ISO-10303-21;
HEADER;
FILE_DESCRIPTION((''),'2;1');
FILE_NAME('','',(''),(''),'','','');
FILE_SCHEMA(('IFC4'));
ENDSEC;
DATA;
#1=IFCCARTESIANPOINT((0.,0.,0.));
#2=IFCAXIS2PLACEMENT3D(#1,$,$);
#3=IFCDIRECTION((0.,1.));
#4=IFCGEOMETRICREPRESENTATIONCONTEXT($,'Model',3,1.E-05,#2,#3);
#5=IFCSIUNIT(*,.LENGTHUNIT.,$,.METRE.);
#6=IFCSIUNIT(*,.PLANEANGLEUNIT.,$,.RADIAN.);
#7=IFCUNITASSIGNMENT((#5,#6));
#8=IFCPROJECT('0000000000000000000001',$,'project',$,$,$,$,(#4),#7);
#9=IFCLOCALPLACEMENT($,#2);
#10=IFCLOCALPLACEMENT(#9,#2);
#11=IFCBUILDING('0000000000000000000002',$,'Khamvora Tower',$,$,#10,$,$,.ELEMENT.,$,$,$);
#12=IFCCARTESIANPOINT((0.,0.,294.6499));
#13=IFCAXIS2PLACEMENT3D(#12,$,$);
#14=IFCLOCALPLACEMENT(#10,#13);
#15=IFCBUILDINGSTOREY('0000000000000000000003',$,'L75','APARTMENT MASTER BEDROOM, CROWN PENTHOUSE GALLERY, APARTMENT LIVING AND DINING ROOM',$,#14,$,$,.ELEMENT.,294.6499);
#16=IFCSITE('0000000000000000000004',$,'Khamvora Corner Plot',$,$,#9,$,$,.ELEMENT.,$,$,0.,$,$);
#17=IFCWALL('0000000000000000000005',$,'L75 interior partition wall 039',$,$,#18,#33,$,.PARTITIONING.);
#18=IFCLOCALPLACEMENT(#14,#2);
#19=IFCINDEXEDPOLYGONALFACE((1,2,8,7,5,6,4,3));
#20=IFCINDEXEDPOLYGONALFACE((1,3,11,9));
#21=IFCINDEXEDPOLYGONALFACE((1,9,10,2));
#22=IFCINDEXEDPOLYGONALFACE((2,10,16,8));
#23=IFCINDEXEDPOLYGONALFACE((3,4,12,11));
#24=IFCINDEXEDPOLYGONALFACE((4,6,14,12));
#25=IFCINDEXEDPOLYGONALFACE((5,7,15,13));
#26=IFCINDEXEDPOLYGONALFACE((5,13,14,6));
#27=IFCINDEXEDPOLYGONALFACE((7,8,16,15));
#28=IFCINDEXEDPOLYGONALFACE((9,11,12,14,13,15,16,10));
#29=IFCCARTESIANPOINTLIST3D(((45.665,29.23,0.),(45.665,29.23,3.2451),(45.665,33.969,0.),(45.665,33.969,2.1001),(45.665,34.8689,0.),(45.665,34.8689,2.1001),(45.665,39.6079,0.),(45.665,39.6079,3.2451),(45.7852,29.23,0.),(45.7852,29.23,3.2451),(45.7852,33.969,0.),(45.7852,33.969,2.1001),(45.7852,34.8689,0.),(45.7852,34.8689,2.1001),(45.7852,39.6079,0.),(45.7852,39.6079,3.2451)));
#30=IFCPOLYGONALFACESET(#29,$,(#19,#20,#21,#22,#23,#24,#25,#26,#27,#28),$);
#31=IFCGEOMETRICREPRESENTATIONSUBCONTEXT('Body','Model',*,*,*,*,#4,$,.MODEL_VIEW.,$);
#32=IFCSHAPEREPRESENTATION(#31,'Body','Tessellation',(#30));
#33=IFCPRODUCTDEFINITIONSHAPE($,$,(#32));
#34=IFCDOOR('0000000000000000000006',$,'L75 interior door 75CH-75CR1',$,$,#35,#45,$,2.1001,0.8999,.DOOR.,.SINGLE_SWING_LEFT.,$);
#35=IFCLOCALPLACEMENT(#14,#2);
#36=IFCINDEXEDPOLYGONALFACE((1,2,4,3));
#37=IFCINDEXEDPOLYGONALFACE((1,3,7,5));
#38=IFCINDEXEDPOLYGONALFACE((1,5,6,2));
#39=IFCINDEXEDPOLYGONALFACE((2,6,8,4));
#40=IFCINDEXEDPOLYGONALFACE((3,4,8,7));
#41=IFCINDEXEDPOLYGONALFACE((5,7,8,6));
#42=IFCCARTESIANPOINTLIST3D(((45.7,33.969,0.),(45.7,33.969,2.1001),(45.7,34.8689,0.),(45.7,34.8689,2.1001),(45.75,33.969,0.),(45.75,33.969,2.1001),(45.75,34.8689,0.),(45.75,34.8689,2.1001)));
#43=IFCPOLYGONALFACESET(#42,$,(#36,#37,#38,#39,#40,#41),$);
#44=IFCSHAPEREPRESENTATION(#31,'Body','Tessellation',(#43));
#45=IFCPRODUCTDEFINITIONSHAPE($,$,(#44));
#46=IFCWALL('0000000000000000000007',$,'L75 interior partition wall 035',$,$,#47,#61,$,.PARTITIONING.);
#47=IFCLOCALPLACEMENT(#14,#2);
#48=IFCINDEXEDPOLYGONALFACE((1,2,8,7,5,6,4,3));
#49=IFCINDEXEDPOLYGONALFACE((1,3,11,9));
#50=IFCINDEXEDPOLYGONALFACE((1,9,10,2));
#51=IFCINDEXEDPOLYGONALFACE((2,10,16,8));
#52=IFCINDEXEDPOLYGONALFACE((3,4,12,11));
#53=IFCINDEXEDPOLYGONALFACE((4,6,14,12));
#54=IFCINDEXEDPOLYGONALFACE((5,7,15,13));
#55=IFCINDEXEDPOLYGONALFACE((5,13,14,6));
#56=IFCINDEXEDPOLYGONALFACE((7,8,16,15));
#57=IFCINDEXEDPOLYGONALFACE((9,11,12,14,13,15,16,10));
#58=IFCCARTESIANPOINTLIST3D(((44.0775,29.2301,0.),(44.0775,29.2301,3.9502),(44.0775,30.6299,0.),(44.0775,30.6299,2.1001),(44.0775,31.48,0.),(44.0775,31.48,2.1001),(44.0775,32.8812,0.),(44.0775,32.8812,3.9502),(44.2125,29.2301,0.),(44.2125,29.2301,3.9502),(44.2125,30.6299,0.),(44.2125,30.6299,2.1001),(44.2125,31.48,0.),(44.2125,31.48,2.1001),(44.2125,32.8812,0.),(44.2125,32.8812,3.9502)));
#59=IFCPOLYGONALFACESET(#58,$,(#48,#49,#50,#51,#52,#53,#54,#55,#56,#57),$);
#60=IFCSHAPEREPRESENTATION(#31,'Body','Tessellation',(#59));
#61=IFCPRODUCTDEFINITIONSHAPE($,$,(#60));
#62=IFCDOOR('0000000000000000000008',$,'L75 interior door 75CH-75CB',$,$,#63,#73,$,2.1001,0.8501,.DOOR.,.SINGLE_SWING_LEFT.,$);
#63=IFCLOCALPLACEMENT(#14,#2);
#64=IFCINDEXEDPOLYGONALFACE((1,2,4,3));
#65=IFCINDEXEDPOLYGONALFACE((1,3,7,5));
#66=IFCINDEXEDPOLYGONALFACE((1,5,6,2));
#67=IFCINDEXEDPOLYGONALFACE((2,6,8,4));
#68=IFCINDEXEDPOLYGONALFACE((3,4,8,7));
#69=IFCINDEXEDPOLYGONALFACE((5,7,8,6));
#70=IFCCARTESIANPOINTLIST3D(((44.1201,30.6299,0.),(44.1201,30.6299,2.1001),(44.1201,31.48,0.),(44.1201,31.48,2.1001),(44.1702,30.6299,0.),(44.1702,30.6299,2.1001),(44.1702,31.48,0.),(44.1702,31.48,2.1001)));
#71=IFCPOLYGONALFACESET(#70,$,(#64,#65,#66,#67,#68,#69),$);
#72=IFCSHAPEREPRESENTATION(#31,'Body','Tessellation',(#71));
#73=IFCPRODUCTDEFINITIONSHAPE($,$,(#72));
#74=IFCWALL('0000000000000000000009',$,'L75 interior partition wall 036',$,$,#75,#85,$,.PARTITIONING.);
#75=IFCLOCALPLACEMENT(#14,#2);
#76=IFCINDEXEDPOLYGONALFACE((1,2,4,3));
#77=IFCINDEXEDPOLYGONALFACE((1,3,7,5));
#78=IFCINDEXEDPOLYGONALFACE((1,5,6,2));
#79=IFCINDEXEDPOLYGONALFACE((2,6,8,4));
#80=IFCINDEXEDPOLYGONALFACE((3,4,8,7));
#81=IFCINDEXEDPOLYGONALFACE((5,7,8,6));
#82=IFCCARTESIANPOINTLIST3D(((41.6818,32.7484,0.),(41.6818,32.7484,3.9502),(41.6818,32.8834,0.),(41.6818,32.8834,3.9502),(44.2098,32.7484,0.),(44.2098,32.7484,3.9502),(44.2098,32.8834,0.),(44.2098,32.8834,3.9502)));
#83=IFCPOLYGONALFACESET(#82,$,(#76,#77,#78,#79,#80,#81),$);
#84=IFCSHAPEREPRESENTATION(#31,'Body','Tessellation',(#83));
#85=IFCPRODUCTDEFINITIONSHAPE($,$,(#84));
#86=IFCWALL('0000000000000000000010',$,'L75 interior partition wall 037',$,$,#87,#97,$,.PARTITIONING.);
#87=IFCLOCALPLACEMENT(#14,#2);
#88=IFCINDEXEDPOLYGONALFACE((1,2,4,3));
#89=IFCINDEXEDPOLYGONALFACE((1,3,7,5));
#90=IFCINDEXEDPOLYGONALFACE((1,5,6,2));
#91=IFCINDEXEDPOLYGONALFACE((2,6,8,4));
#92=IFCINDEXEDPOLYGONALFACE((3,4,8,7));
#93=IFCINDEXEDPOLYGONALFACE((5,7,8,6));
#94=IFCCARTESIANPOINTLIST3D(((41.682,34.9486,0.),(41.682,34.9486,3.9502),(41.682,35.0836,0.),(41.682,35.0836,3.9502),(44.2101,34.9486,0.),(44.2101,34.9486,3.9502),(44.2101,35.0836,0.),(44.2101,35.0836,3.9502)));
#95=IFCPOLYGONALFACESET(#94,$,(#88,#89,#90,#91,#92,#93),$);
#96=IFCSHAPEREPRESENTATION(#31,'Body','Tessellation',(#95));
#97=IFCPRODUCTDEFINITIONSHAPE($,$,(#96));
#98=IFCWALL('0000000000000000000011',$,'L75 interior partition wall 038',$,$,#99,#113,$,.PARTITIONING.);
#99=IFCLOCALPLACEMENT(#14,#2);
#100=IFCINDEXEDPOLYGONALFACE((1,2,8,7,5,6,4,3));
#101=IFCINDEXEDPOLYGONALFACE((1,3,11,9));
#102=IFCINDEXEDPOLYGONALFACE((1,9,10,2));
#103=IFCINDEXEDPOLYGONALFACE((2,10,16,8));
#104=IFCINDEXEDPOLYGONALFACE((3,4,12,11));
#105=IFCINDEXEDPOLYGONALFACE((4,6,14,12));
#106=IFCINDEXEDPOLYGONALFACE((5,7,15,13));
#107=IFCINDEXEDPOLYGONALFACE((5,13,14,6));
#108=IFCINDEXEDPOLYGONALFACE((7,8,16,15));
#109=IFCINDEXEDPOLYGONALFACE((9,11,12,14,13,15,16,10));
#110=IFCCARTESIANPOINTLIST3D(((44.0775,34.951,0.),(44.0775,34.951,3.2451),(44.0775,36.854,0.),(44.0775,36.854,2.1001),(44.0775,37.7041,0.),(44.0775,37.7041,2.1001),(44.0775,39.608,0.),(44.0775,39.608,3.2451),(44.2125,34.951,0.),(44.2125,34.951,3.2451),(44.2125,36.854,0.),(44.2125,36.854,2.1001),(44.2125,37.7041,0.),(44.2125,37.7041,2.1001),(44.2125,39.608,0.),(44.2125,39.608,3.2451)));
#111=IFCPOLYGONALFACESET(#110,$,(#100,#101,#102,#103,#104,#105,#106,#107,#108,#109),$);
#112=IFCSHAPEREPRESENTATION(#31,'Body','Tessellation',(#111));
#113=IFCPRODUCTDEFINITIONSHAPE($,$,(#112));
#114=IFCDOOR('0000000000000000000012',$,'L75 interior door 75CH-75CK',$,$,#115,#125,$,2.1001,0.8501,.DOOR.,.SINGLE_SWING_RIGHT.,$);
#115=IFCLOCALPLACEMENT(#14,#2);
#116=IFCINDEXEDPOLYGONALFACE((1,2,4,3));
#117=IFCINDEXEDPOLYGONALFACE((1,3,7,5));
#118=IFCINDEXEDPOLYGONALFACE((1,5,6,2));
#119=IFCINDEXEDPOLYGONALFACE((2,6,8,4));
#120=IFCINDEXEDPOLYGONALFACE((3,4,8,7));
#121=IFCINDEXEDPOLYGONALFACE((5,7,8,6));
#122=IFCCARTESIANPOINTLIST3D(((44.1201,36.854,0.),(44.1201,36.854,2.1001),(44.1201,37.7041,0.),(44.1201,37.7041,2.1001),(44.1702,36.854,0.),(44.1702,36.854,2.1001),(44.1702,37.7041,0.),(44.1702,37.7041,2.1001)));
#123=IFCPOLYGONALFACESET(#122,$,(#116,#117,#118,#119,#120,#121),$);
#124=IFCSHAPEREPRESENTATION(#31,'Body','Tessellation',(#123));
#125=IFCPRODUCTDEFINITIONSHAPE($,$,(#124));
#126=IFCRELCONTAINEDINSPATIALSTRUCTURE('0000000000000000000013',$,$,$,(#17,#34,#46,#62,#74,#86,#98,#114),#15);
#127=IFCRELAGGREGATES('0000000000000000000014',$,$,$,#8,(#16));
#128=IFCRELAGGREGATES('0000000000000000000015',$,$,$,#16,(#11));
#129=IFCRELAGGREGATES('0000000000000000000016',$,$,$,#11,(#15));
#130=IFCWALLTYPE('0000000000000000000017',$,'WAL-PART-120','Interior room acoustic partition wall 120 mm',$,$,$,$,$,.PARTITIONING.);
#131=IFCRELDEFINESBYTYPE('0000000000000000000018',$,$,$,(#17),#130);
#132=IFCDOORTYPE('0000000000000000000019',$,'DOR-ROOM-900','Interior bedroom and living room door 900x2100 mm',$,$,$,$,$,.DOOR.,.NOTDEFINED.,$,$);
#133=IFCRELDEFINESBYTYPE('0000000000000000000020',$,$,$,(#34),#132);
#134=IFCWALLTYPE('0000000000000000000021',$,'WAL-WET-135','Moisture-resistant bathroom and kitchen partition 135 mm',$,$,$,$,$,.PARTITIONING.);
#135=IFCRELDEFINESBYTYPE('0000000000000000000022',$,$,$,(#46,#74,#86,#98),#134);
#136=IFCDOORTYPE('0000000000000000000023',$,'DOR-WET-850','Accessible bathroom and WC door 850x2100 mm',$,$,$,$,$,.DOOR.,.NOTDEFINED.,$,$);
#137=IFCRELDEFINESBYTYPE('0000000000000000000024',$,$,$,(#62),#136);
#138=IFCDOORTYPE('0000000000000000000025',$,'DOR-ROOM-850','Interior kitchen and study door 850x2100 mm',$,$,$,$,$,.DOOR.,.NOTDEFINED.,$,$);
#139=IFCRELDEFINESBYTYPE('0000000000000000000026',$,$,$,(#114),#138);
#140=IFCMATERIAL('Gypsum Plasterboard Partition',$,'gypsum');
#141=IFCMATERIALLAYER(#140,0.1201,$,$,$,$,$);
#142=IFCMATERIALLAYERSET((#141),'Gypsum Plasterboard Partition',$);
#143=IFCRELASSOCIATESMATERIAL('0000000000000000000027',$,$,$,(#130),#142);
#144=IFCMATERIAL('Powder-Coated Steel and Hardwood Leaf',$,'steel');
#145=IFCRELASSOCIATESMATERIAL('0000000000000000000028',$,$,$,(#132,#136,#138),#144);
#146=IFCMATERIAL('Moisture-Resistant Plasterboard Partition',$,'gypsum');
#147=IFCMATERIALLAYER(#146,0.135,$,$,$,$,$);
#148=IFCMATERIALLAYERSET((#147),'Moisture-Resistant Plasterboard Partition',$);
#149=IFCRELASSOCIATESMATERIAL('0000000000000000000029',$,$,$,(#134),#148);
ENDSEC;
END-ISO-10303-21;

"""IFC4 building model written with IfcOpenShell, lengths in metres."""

from ifc_helpers import new_model, si_unit, direction, frame, frame_2d, origin, place, context, subcontext, project, spatial, rectangle, extrude, material, layer, layer_set, type_object, element, fill, save


model = new_model("IFC4")

# Units and contexts
model_context = context("Model", 3, precision=1e-05, world=origin(), true_north=direction((0.0, 1.0)))
body_context = subcontext(model_context, "Body", "Model", "MODEL_VIEW")
ifc_project = project(units=[si_unit("LENGTHUNIT", "METRE"), si_unit("PLANEANGLEUNIT", "RADIAN")], contexts=[model_context])

# Site, building, storey
site_placement = place(None, origin())
site = spatial("IfcSite", under=ifc_project, at=site_placement, Name="Khamvora Corner Plot", CompositionType="ELEMENT", RefElevation=0.0)
building_placement = place(site_placement, origin())
building = spatial("IfcBuilding", under=site, at=building_placement, Name="Khamvora Tower", CompositionType="ELEMENT")
storey_placement = place(building_placement, frame((0.0, 0.0, 294.6499)))
storey = spatial("IfcBuildingStorey", under=building, at=storey_placement, Name="L75", Description="APARTMENT MASTER BEDROOM, CROWN PENTHOUSE GALLERY, APARTMENT LIVING AND DINING ROOM", CompositionType="ELEMENT", Elevation=294.6499)

# Shared definitions
ifc_material_1 = material(Name="Powder-Coated Steel and Hardwood Leaf", Category="steel")

# Walls, openings, doors
ifc_material_2 = material(Name="Gypsum Plasterboard Partition", Category="gypsum")
ifc_layer_1 = layer(ifc_material_2, 0.1201)
ifc_layer_set_1 = layer_set([ifc_layer_1], Name="Gypsum Plasterboard Partition")
wall_type_1 = type_object("IfcWallType", Name="WAL-PART-120", Description="Interior room acoustic partition wall 120 mm", PredefinedType="PARTITIONING", material=ifc_layer_set_1)
wall_1_placement = place(storey_placement, frame((45.7251, 39.6079, 0.0), z_axis=(0.0, 0.0, 1.0), x_axis=(0.0, -1.0, 0.0)))
wall_1 = element("IfcWall", 1, at=wall_1_placement, inside=storey, type_object=wall_type_1, Name="L75 interior partition wall 039", PredefinedType="PARTITIONING", context=body_context, shape_type="SweptSolid", body=[
    extrude(rectangle(XDim=10.3779, YDim=0.1201, at=frame_2d((5.189, 0.0))), origin(), (0.0, 0.0, 1.0), 3.2451),
])
opening_1_placement = place(wall_1_placement, frame((4.739, 0.0, 0.0)))
opening_1 = element("IfcOpeningElement", 2, at=opening_1_placement, cuts=wall_1, PredefinedType="OPENING", context=body_context, shape_type="SweptSolid", body=[
    extrude(rectangle(XDim=0.8999, YDim=2.1001, at=frame_2d((0.45, 1.05))), frame((0.0, 0.0701, 0.0), z_axis=(0.0, -1.0, 0.0), x_axis=(1.0, 0.0, 0.0)), (0.0, 0.0, 1.0), 0.1401),
])
door_type_1 = type_object("IfcDoorType", Name="DOR-ROOM-900", Description="Interior bedroom and living room door 900x2100 mm", OperationType="NOTDEFINED", PredefinedType="DOOR", material=ifc_material_1)
door_1_placement = place(opening_1_placement, origin())
door_1 = element("IfcDoor", 3, at=door_1_placement, inside=storey, type_object=door_type_1, Name="L75 interior door 75CH-75CR1", OperationType="SINGLE_SWING_LEFT", OverallHeight=2.1001, OverallWidth=0.8999, PredefinedType="DOOR", context=body_context, shape_type="SweptSolid", body=[
    extrude(rectangle(XDim=0.8999, YDim=2.1001, at=frame_2d((0.45, 1.05))), frame((0.0, 0.0249, 0.0), z_axis=(0.0, -1.0, 0.0), x_axis=(1.0, 0.0, 0.0)), (0.0, 0.0, 1.0), 0.05),
])
fill(opening_1, door_1)
ifc_material_3 = material(Name="Moisture-Resistant Plasterboard Partition", Category="gypsum")
ifc_layer_2 = layer(ifc_material_3, 0.135)
ifc_layer_set_2 = layer_set([ifc_layer_2], Name="Moisture-Resistant Plasterboard Partition")
wall_type_2 = type_object("IfcWallType", Name="WAL-WET-135", Description="Moisture-resistant bathroom and kitchen partition 135 mm", PredefinedType="PARTITIONING", material=ifc_layer_set_2)
wall_2_placement = place(storey_placement, frame((44.145, 29.23, 0.0), z_axis=(0.0, 0.0, 1.0), x_axis=(0.0, 1.0, 0.0)))
wall_2 = element("IfcWall", 4, at=wall_2_placement, inside=storey, type_object=wall_type_2, Name="L75 interior partition wall 035", PredefinedType="PARTITIONING", context=body_context, shape_type="SweptSolid", body=[
    extrude(rectangle(XDim=3.6511, YDim=0.135, at=frame_2d((1.8257, 0.0))), origin(), (0.0, 0.0, 1.0), 3.9502),
])
opening_2_placement = place(wall_2_placement, frame((1.3999, 0.0, 0.0)))
opening_2 = element("IfcOpeningElement", 5, at=opening_2_placement, cuts=wall_2, PredefinedType="OPENING", context=body_context, shape_type="SweptSolid", body=[
    extrude(rectangle(XDim=0.8501, YDim=2.1001, at=frame_2d((0.425, 1.05))), frame((0.0, 0.0774, 0.0), z_axis=(0.0, -1.0, 0.0), x_axis=(1.0, 0.0, 0.0)), (0.0, 0.0, 1.0), 0.155),
])
door_type_2 = type_object("IfcDoorType", Name="DOR-WET-850", Description="Accessible bathroom and WC door 850x2100 mm", OperationType="NOTDEFINED", PredefinedType="DOOR", material=ifc_material_1)
door_2_placement = place(opening_2_placement, origin())
door_2 = element("IfcDoor", 6, at=door_2_placement, inside=storey, type_object=door_type_2, Name="L75 interior door 75CH-75CB", OperationType="SINGLE_SWING_LEFT", OverallHeight=2.1001, OverallWidth=0.8501, PredefinedType="DOOR", context=body_context, shape_type="SweptSolid", body=[
    extrude(rectangle(XDim=0.8501, YDim=2.1001, at=frame_2d((0.425, 1.05))), frame((0.0, 0.0249, 0.0), z_axis=(0.0, -1.0, 0.0), x_axis=(1.0, 0.0, 0.0)), (0.0, 0.0, 1.0), 0.05),
])
fill(opening_2, door_2)

# Walls
for number, where, z_axis, x_axis, name in (
    (7, (44.21, 32.8159, 0.0), (0.0, 0.0, 1.0), (-1.0, 0.0, 0.0), "L75 interior partition wall 036"),
    (8, (41.6819, 35.0161, 0.0), (0.0, 0.0, 1.0), (1.0, 0.0, 0.0), "L75 interior partition wall 037"),
):
    element("IfcWall", number, at=place(storey_placement, frame(where, z_axis=z_axis, x_axis=x_axis)), inside=storey, type_object=wall_type_2, Name=name, PredefinedType="PARTITIONING", context=body_context, shape_type="SweptSolid", body=[
        extrude(rectangle(XDim=2.5281, YDim=0.135, at=frame_2d((1.2642, 0.0))), origin(), (0.0, 0.0, 1.0), 3.9502),
    ])

# Wall, opening, door
wall_3_placement = place(storey_placement, frame((44.145, 34.9509, 0.0), z_axis=(0.0, 0.0, 1.0), x_axis=(0.0, 1.0, 0.0)))
wall_3 = element("IfcWall", 9, at=wall_3_placement, inside=storey, type_object=wall_type_2, Name="L75 interior partition wall 038", PredefinedType="PARTITIONING", context=body_context, shape_type="SweptSolid", body=[
    extrude(rectangle(XDim=4.657, YDim=0.135, at=frame_2d((2.3286, 0.0))), origin(), (0.0, 0.0, 1.0), 3.2451),
])
opening_3_placement = place(wall_3_placement, frame((1.9031, 0.0, 0.0)))
opening_3 = element("IfcOpeningElement", 10, at=opening_3_placement, cuts=wall_3, PredefinedType="OPENING", context=body_context, shape_type="SweptSolid", body=[
    extrude(rectangle(XDim=0.8501, YDim=2.1001, at=frame_2d((0.425, 1.05))), frame((0.0, 0.0774, 0.0), z_axis=(0.0, -1.0, 0.0), x_axis=(1.0, 0.0, 0.0)), (0.0, 0.0, 1.0), 0.155),
])
door_type_3 = type_object("IfcDoorType", Name="DOR-ROOM-850", Description="Interior kitchen and study door 850x2100 mm", OperationType="NOTDEFINED", PredefinedType="DOOR", material=ifc_material_1)
door_3_placement = place(opening_3_placement, origin())
door_3 = element("IfcDoor", 11, at=door_3_placement, inside=storey, type_object=door_type_3, Name="L75 interior door 75CH-75CK", OperationType="SINGLE_SWING_RIGHT", OverallHeight=2.1001, OverallWidth=0.8501, PredefinedType="DOOR", context=body_context, shape_type="SweptSolid", body=[
    extrude(rectangle(XDim=0.8501, YDim=2.1001, at=frame_2d((0.425, 1.05))), frame((0.0, 0.0249, 0.0), z_axis=(0.0, -1.0, 0.0), x_axis=(1.0, 0.0, 0.0)), (0.0, 0.0, 1.0), 0.05),
])
fill(opening_3, door_3)

save(model, "model.ifc")
